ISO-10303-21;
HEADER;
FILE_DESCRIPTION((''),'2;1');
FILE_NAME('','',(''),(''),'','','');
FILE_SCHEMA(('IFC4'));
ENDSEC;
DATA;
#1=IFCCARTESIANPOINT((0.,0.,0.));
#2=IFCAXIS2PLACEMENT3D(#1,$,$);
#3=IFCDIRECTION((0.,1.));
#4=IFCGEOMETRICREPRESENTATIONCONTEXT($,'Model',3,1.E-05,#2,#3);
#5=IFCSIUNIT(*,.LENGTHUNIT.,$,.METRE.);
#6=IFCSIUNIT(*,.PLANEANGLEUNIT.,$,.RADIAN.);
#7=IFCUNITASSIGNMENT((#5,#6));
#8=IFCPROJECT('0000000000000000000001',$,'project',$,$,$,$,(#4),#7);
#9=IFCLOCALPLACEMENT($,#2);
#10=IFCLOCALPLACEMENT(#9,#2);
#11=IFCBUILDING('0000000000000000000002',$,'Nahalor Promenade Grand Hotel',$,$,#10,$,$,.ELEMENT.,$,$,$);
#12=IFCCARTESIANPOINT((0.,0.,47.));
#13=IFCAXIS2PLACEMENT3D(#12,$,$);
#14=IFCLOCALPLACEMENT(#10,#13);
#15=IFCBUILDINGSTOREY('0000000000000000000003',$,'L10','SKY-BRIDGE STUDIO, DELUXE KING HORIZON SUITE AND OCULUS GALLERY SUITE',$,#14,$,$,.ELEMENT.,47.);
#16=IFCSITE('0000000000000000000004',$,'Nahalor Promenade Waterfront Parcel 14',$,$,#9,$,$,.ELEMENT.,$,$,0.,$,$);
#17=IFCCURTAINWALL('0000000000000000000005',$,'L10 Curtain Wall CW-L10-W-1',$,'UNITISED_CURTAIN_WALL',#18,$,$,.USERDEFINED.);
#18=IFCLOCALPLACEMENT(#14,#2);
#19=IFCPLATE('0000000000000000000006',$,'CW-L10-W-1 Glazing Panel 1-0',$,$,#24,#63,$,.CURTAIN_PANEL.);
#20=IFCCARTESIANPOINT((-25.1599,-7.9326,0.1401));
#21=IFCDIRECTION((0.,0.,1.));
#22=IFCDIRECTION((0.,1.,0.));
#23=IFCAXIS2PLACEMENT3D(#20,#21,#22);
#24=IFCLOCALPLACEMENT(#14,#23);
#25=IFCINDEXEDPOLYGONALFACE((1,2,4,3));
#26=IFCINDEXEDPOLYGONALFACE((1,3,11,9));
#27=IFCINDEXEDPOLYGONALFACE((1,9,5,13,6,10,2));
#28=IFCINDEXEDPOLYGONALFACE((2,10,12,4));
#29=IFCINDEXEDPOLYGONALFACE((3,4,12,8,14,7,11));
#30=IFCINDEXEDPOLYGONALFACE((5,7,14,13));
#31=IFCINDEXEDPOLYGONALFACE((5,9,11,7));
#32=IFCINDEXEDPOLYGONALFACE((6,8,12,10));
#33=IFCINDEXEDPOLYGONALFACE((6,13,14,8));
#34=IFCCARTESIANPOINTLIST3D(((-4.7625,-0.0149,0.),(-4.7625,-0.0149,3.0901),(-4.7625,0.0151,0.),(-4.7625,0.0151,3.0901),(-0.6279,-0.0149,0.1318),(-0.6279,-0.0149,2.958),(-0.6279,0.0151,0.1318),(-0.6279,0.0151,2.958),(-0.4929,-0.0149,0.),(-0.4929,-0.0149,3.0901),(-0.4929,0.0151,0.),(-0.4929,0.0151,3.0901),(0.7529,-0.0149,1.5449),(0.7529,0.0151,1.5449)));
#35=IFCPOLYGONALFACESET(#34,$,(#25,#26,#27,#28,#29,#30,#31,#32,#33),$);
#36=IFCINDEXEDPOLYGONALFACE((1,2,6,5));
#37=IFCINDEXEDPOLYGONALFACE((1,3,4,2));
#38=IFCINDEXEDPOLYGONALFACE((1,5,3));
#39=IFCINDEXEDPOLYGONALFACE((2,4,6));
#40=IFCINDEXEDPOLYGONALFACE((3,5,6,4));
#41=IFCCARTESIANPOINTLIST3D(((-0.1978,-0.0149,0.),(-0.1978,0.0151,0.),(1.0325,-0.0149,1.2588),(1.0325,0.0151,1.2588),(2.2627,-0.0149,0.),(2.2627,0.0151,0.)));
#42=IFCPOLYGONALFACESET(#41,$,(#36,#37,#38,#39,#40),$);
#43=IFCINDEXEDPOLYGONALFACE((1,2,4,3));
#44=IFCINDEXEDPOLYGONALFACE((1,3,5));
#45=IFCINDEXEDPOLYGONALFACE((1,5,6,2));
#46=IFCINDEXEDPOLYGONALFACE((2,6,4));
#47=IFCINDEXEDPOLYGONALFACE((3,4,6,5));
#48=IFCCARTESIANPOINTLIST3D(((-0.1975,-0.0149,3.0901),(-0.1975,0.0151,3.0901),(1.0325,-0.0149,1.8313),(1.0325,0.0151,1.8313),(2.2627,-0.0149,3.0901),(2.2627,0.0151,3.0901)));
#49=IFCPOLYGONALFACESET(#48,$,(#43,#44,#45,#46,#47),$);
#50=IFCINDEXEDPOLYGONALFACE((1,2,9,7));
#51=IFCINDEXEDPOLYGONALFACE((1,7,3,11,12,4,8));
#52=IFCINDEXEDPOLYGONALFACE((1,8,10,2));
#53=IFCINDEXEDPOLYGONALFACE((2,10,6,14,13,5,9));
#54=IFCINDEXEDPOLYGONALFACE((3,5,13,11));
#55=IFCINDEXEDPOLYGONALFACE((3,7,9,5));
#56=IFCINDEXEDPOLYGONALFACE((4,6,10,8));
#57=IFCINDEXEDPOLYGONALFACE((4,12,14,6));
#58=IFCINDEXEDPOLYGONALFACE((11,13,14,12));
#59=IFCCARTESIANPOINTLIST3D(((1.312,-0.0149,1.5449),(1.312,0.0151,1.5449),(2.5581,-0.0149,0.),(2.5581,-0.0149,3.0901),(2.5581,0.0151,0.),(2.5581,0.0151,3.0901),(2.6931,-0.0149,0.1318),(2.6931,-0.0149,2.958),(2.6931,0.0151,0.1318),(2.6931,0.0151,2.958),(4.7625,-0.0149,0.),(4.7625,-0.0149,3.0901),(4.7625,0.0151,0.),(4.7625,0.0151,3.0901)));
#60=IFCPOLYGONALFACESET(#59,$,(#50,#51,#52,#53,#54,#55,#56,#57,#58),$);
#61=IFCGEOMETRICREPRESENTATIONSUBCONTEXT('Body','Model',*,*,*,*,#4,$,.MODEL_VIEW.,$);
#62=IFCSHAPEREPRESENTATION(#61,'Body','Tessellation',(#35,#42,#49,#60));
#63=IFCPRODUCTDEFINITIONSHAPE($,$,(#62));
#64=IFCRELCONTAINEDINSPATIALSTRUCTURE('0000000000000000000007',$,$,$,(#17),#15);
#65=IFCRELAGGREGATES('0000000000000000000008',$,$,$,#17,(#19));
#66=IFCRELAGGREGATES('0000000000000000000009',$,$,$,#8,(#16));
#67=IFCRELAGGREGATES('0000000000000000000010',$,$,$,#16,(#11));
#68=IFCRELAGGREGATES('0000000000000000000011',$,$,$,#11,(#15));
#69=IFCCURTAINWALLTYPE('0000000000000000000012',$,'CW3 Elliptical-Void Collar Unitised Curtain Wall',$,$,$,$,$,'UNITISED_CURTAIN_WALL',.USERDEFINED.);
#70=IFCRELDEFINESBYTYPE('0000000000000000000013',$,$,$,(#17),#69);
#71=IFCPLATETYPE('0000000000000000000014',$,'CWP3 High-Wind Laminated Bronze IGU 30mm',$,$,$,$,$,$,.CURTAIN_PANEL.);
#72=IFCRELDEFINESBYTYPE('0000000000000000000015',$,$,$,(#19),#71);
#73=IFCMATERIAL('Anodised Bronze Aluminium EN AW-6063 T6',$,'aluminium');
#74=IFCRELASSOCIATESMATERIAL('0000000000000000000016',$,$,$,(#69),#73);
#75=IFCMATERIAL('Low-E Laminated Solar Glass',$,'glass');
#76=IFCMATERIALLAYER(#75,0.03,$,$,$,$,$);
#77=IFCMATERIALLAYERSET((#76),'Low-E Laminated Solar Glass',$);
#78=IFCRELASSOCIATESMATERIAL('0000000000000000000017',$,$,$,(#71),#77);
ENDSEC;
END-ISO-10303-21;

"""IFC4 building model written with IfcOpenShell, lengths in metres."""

from ifc_helpers import new_model, si_unit, direction, frame, origin, place, context, subcontext, project, spatial, polyline, outline, extrude, material, layer, layer_set, type_object, element, aggregate, save


model = new_model("IFC4")

# Units and contexts
model_context = context("Model", 3, precision=1e-05, world=origin(), true_north=direction((0.0, 1.0)))
body_context = subcontext(model_context, "Body", "Model", "MODEL_VIEW")
ifc_project = project(units=[si_unit("LENGTHUNIT", "METRE"), si_unit("PLANEANGLEUNIT", "RADIAN")], contexts=[model_context])

# Site, building, storey
site_placement = place(None, origin())
site = spatial("IfcSite", under=ifc_project, at=site_placement, Name="Nahalor Promenade Waterfront Parcel 14", CompositionType="ELEMENT", RefElevation=0.0)
building_placement = place(site_placement, origin())
building = spatial("IfcBuilding", under=site, at=building_placement, Name="Nahalor Promenade Grand Hotel", CompositionType="ELEMENT")
storey_placement = place(building_placement, frame((0.0, 0.0, 47.0)))
storey = spatial("IfcBuildingStorey", under=building, at=storey_placement, Name="L10", Description="SKY-BRIDGE STUDIO, DELUXE KING HORIZON SUITE AND OCULUS GALLERY SUITE", CompositionType="ELEMENT", Elevation=47.0)

# Curtain wall
ifc_material_1 = material(Name="Anodised Bronze Aluminium EN AW-6063 T6", Category="aluminium")
curtain_wall_type = type_object("IfcCurtainWallType", Name="CW3 Elliptical-Void Collar Unitised Curtain Wall", ElementType="UNITISED_CURTAIN_WALL", PredefinedType="USERDEFINED", material=ifc_material_1)
curtain_wall_1_placement = place(storey_placement, origin())
curtain_wall_1 = element("IfcCurtainWall", 1, at=curtain_wall_1_placement, inside=storey, type_object=curtain_wall_type, Name="L10 Curtain Wall CW-L10-W-1", ObjectType="UNITISED_CURTAIN_WALL", PredefinedType="USERDEFINED")

# Plate
ifc_material_2 = material(Name="Low-E Laminated Solar Glass", Category="glass")
ifc_layer_1 = layer(ifc_material_2, 0.03)
ifc_layer_set_1 = layer_set([ifc_layer_1], Name="Low-E Laminated Solar Glass")
plate_type_1 = type_object("IfcPlateType", Name="CWP3 High-Wind Laminated Bronze IGU 30mm", PredefinedType="CURTAIN_PANEL", material=ifc_layer_set_1)
plate_1_placement = place(storey_placement, frame((-25.1599, -7.9326, 0.1401), z_axis=(0.0, 0.0, 1.0), x_axis=(0.0, 1.0, 0.0)))
plate_1 = element("IfcPlate", 2, at=plate_1_placement, type_object=plate_type_1, Name="CW-L10-W-1 Glazing Panel 1-0", PredefinedType="CURTAIN_PANEL", context=body_context, shape_type="SweptSolid", body=[
    extrude(outline(polyline([(-4.7625, 3.0901), (-4.7625, 0.0), (-0.4929, 0.0), (-0.6279, 0.1318), (0.7529, 1.5449), (-0.6279, 2.958), (-0.4929, 3.0901), (-4.7625, 3.0901)])), frame((0.0, 0.0151, 0.0), z_axis=(0.0, -1.0, 0.0), x_axis=(1.0, 0.0, 0.0)), (0.0, 0.0, 1.0), 0.03),
    extrude(outline(polyline([(1.0325, 1.2588), (-0.1978, 0.0), (2.2627, 0.0), (1.0325, 1.2588)])), frame((0.0, 0.0151, 0.0), z_axis=(0.0, -1.0, 0.0), x_axis=(1.0, 0.0, 0.0)), (0.0, 0.0, 1.0), 0.03),
    extrude(outline(polyline([(1.0325, 1.8313), (2.2627, 3.0901), (-0.1975, 3.0901), (1.0325, 1.8313)])), frame((0.0, 0.0151, 0.0), z_axis=(0.0, -1.0, 0.0), x_axis=(1.0, 0.0, 0.0)), (0.0, 0.0, 1.0), 0.03),
    extrude(outline(polyline([(4.7625, 0.0), (4.7625, 3.0901), (2.5581, 3.0901), (2.6931, 2.958), (1.312, 1.5449), (2.6931, 0.1318), (2.5581, 0.0), (4.7625, 0.0)])), frame((0.0, 0.0151, 0.0), z_axis=(0.0, -1.0, 0.0), x_axis=(1.0, 0.0, 0.0)), (0.0, 0.0, 1.0), 0.03),
])
aggregate(curtain_wall_1, [plate_1])

save(model, "model.ifc")
